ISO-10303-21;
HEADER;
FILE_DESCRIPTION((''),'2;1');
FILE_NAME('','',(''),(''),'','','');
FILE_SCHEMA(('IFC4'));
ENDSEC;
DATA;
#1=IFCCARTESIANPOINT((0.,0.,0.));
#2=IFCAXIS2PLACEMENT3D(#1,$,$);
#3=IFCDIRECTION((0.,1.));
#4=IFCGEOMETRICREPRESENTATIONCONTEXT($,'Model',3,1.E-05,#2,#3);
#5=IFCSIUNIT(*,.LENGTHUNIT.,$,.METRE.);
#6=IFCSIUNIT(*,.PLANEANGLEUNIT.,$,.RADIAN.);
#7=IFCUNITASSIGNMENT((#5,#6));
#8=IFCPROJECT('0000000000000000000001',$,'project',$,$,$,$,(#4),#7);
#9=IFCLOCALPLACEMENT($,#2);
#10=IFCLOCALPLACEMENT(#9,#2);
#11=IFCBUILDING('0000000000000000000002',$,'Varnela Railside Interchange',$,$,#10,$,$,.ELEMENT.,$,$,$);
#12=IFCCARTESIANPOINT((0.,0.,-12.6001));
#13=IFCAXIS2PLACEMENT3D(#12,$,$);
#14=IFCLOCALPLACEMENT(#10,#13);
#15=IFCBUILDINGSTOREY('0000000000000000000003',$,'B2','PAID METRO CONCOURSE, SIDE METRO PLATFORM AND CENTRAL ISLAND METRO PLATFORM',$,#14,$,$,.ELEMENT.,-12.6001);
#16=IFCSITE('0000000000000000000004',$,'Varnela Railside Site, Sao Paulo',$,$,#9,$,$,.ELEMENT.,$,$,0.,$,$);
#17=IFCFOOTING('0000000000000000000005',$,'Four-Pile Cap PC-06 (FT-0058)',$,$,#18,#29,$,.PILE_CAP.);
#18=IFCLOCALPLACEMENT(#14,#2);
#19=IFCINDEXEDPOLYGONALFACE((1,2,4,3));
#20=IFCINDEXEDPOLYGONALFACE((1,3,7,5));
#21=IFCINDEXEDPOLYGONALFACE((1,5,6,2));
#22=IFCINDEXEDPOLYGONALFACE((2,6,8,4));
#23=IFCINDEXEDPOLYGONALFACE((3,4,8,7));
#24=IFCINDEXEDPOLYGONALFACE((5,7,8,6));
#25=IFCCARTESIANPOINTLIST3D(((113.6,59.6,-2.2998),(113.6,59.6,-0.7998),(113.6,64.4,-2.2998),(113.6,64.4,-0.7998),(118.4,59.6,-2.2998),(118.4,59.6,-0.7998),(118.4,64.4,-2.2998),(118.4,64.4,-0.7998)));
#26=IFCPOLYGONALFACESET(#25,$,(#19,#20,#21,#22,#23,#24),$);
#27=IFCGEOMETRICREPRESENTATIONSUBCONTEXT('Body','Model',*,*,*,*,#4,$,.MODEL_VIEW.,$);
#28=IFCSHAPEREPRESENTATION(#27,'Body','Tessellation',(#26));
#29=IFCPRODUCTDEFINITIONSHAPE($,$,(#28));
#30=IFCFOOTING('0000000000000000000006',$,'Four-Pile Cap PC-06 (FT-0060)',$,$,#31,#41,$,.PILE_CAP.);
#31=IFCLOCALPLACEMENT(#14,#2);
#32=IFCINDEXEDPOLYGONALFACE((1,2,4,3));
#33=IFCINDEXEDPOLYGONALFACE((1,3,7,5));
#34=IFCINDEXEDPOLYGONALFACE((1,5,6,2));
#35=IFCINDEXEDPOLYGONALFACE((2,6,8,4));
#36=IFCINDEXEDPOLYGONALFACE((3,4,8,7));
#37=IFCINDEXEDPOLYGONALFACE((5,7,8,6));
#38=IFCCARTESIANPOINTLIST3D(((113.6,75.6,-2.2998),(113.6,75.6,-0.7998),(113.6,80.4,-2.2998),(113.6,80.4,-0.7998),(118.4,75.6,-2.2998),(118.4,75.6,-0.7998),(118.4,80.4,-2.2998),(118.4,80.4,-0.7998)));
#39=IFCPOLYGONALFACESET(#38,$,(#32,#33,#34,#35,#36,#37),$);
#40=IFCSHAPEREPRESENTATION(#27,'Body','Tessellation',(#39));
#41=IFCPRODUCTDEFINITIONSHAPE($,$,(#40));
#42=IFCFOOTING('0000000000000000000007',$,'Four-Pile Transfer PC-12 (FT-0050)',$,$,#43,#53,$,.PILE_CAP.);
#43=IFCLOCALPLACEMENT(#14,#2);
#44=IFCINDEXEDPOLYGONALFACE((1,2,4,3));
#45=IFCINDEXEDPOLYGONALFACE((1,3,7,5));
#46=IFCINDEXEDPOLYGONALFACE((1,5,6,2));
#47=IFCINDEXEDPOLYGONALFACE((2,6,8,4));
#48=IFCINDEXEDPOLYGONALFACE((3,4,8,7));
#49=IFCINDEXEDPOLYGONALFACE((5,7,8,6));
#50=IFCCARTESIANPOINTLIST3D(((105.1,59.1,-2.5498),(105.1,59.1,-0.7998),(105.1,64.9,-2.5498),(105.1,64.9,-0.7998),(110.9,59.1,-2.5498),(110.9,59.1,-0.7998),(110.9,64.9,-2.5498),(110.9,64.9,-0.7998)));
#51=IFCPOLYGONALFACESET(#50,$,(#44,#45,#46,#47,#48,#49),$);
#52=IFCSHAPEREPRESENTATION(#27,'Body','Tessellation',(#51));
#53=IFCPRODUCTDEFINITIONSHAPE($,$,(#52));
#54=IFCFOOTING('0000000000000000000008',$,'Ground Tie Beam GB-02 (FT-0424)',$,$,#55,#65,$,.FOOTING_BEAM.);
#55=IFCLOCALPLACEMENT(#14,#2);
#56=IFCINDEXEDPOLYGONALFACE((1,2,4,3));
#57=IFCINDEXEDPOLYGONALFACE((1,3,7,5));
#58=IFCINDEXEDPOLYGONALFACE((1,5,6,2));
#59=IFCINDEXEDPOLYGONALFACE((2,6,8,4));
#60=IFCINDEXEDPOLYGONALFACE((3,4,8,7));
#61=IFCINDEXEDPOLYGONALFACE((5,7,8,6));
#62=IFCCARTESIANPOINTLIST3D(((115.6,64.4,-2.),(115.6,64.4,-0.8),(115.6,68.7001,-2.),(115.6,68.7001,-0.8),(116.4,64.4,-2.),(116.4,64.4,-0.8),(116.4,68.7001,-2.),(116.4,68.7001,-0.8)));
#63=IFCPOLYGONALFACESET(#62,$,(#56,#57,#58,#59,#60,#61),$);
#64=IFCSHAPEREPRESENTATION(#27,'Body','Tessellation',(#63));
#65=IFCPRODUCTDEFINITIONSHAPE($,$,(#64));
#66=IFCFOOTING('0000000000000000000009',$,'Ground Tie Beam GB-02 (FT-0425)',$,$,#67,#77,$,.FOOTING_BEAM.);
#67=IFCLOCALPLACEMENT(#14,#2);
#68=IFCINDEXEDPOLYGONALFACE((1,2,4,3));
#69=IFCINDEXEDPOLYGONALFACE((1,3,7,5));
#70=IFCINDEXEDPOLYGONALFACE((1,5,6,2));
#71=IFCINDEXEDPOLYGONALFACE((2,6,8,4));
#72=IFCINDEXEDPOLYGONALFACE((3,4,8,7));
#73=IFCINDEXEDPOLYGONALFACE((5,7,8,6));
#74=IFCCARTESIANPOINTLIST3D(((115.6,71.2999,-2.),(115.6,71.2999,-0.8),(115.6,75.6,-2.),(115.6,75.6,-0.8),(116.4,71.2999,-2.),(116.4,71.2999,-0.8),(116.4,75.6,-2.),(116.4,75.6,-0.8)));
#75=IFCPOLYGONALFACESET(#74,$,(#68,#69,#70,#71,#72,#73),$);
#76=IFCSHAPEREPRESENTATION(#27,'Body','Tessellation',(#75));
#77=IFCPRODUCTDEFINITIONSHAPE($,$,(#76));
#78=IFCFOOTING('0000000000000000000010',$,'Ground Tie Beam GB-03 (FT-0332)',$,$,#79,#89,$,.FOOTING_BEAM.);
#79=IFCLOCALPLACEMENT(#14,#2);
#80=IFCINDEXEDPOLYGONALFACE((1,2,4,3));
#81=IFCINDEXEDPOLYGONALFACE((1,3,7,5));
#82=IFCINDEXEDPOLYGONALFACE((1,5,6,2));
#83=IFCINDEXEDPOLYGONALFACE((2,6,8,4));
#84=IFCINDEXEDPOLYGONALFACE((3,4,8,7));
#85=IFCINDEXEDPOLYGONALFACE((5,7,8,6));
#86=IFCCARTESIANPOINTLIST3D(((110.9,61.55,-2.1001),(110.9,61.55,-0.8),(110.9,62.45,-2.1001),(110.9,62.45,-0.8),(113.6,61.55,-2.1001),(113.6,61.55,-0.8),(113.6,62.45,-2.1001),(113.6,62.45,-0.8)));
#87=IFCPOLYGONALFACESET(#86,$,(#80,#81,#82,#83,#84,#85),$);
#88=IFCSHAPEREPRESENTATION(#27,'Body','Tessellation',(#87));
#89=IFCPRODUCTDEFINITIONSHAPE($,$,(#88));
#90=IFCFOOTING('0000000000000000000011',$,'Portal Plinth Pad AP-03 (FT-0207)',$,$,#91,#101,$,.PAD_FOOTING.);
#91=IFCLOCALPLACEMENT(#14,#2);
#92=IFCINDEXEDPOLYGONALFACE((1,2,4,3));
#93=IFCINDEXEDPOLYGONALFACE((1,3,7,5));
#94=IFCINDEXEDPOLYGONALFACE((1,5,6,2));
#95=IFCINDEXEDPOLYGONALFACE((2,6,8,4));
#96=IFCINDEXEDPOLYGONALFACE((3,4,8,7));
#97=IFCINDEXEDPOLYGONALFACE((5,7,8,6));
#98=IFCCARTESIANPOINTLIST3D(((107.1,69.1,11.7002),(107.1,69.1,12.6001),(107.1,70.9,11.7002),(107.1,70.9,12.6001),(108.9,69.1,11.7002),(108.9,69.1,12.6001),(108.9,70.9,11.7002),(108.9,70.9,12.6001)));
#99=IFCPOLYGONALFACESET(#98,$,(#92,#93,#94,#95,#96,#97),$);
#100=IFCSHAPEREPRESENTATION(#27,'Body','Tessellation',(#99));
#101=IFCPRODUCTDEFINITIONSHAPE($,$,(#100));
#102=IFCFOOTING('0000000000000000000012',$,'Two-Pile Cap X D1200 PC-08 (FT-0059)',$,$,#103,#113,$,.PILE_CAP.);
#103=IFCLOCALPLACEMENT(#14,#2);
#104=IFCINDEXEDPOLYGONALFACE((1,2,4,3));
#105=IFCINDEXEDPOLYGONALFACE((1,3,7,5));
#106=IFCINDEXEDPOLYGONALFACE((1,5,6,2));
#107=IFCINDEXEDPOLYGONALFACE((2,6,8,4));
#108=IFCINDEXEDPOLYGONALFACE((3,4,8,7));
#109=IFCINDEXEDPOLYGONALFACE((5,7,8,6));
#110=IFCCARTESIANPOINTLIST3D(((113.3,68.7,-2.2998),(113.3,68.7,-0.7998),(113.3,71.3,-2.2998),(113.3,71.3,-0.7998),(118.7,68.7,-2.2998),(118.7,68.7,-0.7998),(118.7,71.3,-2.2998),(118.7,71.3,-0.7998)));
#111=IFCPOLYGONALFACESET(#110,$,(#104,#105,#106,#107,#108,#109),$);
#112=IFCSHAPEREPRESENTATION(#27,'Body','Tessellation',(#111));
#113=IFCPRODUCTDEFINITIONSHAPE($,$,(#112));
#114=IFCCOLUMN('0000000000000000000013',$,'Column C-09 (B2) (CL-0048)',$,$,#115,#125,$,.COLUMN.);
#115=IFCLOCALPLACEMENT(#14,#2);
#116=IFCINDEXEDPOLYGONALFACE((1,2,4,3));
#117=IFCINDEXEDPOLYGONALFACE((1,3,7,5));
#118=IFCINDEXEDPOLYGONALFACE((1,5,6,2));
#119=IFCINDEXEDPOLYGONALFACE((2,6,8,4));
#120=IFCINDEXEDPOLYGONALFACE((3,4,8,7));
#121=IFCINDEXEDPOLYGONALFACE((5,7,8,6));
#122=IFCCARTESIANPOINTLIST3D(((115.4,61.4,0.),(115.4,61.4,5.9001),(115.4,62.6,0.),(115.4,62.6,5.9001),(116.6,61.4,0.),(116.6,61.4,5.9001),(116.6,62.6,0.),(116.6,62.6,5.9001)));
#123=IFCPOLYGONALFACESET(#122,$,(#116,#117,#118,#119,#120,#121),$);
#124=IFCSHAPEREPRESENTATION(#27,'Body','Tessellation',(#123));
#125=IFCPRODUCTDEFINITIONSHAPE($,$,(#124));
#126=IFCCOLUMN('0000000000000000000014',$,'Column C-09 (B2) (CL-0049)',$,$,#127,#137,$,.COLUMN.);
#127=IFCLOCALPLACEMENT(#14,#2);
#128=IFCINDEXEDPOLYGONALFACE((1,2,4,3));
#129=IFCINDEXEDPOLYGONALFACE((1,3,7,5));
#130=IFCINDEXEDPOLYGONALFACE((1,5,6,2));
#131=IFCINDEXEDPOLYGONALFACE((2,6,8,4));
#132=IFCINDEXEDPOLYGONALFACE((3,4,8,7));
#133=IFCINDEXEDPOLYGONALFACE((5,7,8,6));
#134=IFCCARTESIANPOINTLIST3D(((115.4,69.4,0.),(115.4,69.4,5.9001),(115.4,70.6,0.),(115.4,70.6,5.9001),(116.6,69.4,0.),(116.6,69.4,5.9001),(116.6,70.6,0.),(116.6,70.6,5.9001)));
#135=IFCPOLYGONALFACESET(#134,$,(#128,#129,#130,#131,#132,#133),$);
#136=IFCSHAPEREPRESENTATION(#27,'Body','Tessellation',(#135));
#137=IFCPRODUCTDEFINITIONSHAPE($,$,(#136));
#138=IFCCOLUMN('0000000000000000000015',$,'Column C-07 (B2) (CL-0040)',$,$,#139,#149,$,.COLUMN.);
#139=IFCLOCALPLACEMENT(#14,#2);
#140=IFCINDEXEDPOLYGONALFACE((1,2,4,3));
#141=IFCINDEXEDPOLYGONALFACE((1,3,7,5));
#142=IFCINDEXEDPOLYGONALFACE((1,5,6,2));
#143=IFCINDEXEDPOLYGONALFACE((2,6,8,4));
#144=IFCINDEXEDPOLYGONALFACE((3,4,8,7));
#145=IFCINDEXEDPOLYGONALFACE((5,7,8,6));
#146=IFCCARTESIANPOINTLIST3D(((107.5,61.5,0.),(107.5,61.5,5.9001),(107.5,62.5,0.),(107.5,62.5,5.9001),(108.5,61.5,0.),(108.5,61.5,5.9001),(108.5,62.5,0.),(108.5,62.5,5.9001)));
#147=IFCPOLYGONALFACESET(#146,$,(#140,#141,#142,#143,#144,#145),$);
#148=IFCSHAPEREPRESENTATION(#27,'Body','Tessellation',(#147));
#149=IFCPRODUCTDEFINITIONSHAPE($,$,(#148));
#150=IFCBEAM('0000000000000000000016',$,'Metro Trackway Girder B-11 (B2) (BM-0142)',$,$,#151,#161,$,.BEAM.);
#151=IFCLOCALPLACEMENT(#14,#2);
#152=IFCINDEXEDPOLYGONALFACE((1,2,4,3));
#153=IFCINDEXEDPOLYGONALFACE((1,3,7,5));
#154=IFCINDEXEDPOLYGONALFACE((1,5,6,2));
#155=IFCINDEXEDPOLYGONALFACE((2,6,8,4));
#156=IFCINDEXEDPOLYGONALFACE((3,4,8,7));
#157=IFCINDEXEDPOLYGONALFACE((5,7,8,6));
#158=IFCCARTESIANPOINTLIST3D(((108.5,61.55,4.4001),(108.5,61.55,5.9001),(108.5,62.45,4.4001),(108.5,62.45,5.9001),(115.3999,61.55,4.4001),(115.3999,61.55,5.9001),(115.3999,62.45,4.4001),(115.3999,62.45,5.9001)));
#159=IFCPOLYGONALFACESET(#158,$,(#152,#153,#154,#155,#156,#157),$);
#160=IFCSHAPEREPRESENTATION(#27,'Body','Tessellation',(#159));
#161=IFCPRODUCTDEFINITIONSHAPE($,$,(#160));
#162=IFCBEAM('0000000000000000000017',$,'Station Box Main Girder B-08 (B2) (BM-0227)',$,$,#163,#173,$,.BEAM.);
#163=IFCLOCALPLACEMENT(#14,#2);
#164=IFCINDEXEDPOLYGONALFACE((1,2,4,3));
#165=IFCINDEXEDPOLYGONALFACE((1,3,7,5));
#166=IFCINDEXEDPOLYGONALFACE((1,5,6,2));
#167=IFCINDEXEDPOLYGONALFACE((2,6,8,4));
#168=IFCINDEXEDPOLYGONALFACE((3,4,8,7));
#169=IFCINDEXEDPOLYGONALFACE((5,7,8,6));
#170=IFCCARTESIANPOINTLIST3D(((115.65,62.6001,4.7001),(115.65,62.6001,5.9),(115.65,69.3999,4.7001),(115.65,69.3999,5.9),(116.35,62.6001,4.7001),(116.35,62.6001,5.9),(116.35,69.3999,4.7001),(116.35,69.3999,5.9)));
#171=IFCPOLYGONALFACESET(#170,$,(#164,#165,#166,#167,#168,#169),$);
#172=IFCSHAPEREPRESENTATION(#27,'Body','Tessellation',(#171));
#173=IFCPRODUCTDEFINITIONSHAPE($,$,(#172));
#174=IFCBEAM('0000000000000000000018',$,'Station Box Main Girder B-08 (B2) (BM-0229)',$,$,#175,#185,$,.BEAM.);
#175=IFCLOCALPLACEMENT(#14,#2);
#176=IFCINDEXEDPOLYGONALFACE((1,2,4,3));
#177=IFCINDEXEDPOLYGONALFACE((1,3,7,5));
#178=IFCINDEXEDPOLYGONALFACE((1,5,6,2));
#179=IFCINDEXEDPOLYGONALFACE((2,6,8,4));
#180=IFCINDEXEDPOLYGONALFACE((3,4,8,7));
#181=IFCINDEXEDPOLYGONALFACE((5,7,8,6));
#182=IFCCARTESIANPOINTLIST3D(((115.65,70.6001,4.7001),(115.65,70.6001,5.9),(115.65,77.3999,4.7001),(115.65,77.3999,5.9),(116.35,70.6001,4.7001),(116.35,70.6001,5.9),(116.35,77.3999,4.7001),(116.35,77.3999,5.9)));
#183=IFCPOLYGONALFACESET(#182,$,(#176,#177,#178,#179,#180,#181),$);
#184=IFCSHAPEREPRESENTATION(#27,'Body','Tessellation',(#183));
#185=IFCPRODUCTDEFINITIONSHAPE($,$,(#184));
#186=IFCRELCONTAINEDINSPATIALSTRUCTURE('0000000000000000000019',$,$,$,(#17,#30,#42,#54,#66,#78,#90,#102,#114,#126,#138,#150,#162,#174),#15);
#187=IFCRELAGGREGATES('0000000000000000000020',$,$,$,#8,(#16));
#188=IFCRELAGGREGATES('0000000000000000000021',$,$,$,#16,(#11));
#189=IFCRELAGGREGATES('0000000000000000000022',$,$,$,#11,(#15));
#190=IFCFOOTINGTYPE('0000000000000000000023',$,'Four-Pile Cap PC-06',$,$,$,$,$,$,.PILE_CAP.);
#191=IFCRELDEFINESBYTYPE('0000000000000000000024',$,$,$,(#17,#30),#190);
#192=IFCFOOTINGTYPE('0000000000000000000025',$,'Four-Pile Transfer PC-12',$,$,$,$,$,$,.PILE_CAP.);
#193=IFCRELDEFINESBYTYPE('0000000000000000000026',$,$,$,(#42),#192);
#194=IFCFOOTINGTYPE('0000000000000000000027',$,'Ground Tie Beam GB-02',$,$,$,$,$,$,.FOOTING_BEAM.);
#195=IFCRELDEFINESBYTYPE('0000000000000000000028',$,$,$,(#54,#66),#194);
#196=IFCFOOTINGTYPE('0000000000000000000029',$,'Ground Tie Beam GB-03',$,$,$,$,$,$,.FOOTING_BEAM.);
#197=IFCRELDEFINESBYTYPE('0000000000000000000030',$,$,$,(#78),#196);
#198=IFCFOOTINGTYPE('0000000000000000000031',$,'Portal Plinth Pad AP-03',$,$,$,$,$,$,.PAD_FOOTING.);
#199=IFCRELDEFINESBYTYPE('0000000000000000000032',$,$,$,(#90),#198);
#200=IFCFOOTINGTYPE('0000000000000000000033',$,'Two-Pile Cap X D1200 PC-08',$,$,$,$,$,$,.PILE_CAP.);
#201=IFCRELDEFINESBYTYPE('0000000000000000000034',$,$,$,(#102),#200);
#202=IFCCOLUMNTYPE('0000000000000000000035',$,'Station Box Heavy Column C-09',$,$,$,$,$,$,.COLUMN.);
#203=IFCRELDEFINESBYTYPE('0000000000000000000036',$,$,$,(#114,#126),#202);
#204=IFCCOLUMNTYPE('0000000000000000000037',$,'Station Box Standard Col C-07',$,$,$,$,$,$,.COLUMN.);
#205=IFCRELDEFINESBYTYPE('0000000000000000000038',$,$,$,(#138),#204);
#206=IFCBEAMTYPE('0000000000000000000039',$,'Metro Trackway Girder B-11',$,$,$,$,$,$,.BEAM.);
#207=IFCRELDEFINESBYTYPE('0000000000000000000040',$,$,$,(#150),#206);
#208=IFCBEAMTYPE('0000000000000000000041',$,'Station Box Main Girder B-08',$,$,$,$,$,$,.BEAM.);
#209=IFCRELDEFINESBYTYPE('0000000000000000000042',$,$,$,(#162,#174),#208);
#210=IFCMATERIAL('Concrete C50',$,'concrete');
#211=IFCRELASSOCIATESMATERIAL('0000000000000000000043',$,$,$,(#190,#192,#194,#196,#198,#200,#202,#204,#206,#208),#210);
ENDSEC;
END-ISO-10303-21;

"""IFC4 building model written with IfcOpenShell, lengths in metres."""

from ifc_helpers import new_model, si_unit, direction, frame, origin, origin_2d, place, context, subcontext, project, spatial, rectangle, extrude, material, material_profile, profile_set, type_object, element, save


model = new_model("IFC4")

# Units and contexts
model_context = context("Model", 3, precision=1e-05, world=origin(), true_north=direction((0.0, 1.0)))
body_context = subcontext(model_context, "Body", "Model", "MODEL_VIEW")
ifc_project = project(units=[si_unit("LENGTHUNIT", "METRE"), si_unit("PLANEANGLEUNIT", "RADIAN")], contexts=[model_context])

# Site, building, storey
site_placement = place(None, origin())
site = spatial("IfcSite", under=ifc_project, at=site_placement, Name="Varnela Railside Site, Sao Paulo", CompositionType="ELEMENT", RefElevation=0.0)
building_placement = place(site_placement, origin())
building = spatial("IfcBuilding", under=site, at=building_placement, Name="Varnela Railside Interchange", CompositionType="ELEMENT")
storey_placement = place(building_placement, frame((0.0, 0.0, -12.6001)))
storey = spatial("IfcBuildingStorey", under=building, at=storey_placement, Name="B2", Description="PAID METRO CONCOURSE, SIDE METRO PLATFORM AND CENTRAL ISLAND METRO PLATFORM", CompositionType="ELEMENT", Elevation=-12.6001)

# Footings
ifc_material_1 = material(Name="Concrete C50", Category="concrete")
footing_type_1 = type_object("IfcFootingType", Name="Four-Pile Cap PC-06", PredefinedType="PILE_CAP", material=ifc_material_1)
for number, where, z_axis, x_axis, name in (
    (1, (116.0, 62.0, -2.2998), (0.0, 0.0, 1.0), (1.0, 0.0, 0.0), "Four-Pile Cap PC-06 (FT-0058)"),
    (2, (116.0, 78.0, -2.2998), (0.0, 0.0, 1.0), (1.0, 0.0, 0.0), "Four-Pile Cap PC-06 (FT-0060)"),
):
    element("IfcFooting", number, at=place(storey_placement, frame(where, z_axis=z_axis, x_axis=x_axis)), inside=storey, type_object=footing_type_1, Name=name, PredefinedType="PILE_CAP", context=body_context, shape_type="SweptSolid", body=[
        extrude(rectangle(XDim=4.8, YDim=4.8, at=origin_2d()), origin(), (0.0, 0.0, 1.0), 1.5),
    ])
footing_type_2 = type_object("IfcFootingType", Name="Four-Pile Transfer PC-12", PredefinedType="PILE_CAP", material=ifc_material_1)
footing_1_placement = place(storey_placement, frame((108.0, 62.0, -2.5498), z_axis=(0.0, 0.0, 1.0), x_axis=(1.0, 0.0, 0.0)))
element("IfcFooting", 3, at=footing_1_placement, inside=storey, type_object=footing_type_2, Name="Four-Pile Transfer PC-12 (FT-0050)", PredefinedType="PILE_CAP", context=body_context, shape_type="SweptSolid", body=[
    extrude(rectangle(XDim=5.8, YDim=5.8, at=origin_2d()), origin(), (0.0, 0.0, 1.0), 1.75),
])
footing_type_3 = type_object("IfcFootingType", Name="Ground Tie Beam GB-02", PredefinedType="FOOTING_BEAM", material=ifc_material_1)
for number, where, z_axis, x_axis, name in (
    (4, (116.0, 66.55, -2.0), (0.0, 0.0, 1.0), (1.0, 0.0, 0.0), "Ground Tie Beam GB-02 (FT-0424)"),
    (5, (116.0, 73.45, -2.0), (0.0, 0.0, 1.0), (1.0, 0.0, 0.0), "Ground Tie Beam GB-02 (FT-0425)"),
):
    element("IfcFooting", number, at=place(storey_placement, frame(where, z_axis=z_axis, x_axis=x_axis)), inside=storey, type_object=footing_type_3, Name=name, PredefinedType="FOOTING_BEAM", context=body_context, shape_type="SweptSolid", body=[
        extrude(rectangle(XDim=0.8, YDim=4.3, at=origin_2d()), origin(), (0.0, 0.0, 1.0), 1.2),
    ])
footing_type_4 = type_object("IfcFootingType", Name="Ground Tie Beam GB-03", PredefinedType="FOOTING_BEAM", material=ifc_material_1)
footing_2_placement = place(storey_placement, frame((112.25, 62.0, -2.1001), z_axis=(0.0, 0.0, 1.0), x_axis=(1.0, 0.0, 0.0)))
element("IfcFooting", 6, at=footing_2_placement, inside=storey, type_object=footing_type_4, Name="Ground Tie Beam GB-03 (FT-0332)", PredefinedType="FOOTING_BEAM", context=body_context, shape_type="SweptSolid", body=[
    extrude(rectangle(XDim=2.7, YDim=0.8999, at=origin_2d()), origin(), (0.0, 0.0, 1.0), 1.3),
])
footing_type_5 = type_object("IfcFootingType", Name="Portal Plinth Pad AP-03", PredefinedType="PAD_FOOTING", material=ifc_material_1)
footing_3_placement = place(storey_placement, frame((108.0, 70.0, 11.7002), z_axis=(0.0, 0.0, 1.0), x_axis=(1.0, 0.0, 0.0)))
element("IfcFooting", 7, at=footing_3_placement, inside=storey, type_object=footing_type_5, Name="Portal Plinth Pad AP-03 (FT-0207)", PredefinedType="PAD_FOOTING", context=body_context, shape_type="SweptSolid", body=[
    extrude(rectangle(XDim=1.8, YDim=1.8, at=origin_2d()), origin(), (0.0, 0.0, 1.0), 0.8999),
])
footing_type_6 = type_object("IfcFootingType", Name="Two-Pile Cap X D1200 PC-08", PredefinedType="PILE_CAP", material=ifc_material_1)
footing_4_placement = place(storey_placement, frame((116.0, 70.0, -2.2998), z_axis=(0.0, 0.0, 1.0), x_axis=(1.0, 0.0, 0.0)))
element("IfcFooting", 8, at=footing_4_placement, inside=storey, type_object=footing_type_6, Name="Two-Pile Cap X D1200 PC-08 (FT-0059)", PredefinedType="PILE_CAP", context=body_context, shape_type="SweptSolid", body=[
    extrude(rectangle(XDim=5.3999, YDim=2.6001, at=origin_2d()), origin(), (0.0, 0.0, 1.0), 1.5),
])

# Columns
ifc_material_profile_1 = material_profile(ifc_material_1, rectangle(XDim=1.2, YDim=1.2, at=origin_2d()), Name="RC 1200x1200")
ifc_profile_set_1 = profile_set([ifc_material_profile_1], Name="Concrete C50")
column_type_1 = type_object("IfcColumnType", Name="Station Box Heavy Column C-09", PredefinedType="COLUMN", material=ifc_profile_set_1)
for number, where, z_axis, x_axis, name in (
    (9, (116.0, 62.0, 0.0), (0.0, 0.0, 1.0), (1.0, 0.0, 0.0), "Column C-09 (B2) (CL-0048)"),
    (10, (116.0, 70.0, 0.0), (0.0, 0.0, 1.0), (1.0, 0.0, 0.0), "Column C-09 (B2) (CL-0049)"),
):
    element("IfcColumn", number, at=place(storey_placement, frame(where, z_axis=z_axis, x_axis=x_axis)), inside=storey, type_object=column_type_1, Name=name, PredefinedType="COLUMN", context=body_context, shape_type="SweptSolid", body=[
        extrude(rectangle(XDim=1.2, YDim=1.2, at=origin_2d()), origin(), (0.0, 0.0, 1.0), 5.9001),
    ])
ifc_material_profile_2 = material_profile(ifc_material_1, rectangle(XDim=1.0, YDim=1.0, at=origin_2d()), Name="RC 1000x1000")
ifc_profile_set_2 = profile_set([ifc_material_profile_2], Name="Concrete C50")
column_type_2 = type_object("IfcColumnType", Name="Station Box Standard Col C-07", PredefinedType="COLUMN", material=ifc_profile_set_2)
column_placement = place(storey_placement, frame((108.0, 62.0, 0.0), z_axis=(0.0, 0.0, 1.0), x_axis=(1.0, 0.0, 0.0)))
element("IfcColumn", 11, at=column_placement, inside=storey, type_object=column_type_2, Name="Column C-07 (B2) (CL-0040)", PredefinedType="COLUMN", context=body_context, shape_type="SweptSolid", body=[
    extrude(rectangle(XDim=1.0, YDim=1.0, at=origin_2d()), origin(), (0.0, 0.0, 1.0), 5.9001),
])

# Beams
ifc_material_profile_3 = material_profile(ifc_material_1, rectangle(XDim=0.8999, YDim=1.5, at=origin_2d()), Name="RC 900x1500")
ifc_profile_set_3 = profile_set([ifc_material_profile_3], Name="Concrete C50")
beam_type_1 = type_object("IfcBeamType", Name="Metro Trackway Girder B-11", PredefinedType="BEAM", material=ifc_profile_set_3)
beam_placement = place(storey_placement, frame((108.5, 62.0, 5.1501), z_axis=(1.0, 0.0, 0.0), x_axis=(0.0, 1.0, 0.0)))
element("IfcBeam", 12, at=beam_placement, inside=storey, type_object=beam_type_1, Name="Metro Trackway Girder B-11 (B2) (BM-0142)", PredefinedType="BEAM", context=body_context, shape_type="SweptSolid", body=[
    extrude(rectangle(XDim=0.8999, YDim=1.5, at=origin_2d()), origin(), (0.0, 0.0, 1.0), 6.8999),
])
ifc_material_profile_4 = material_profile(ifc_material_1, rectangle(XDim=0.7, YDim=1.2, at=origin_2d()), Name="RC 700x1200")
ifc_profile_set_4 = profile_set([ifc_material_profile_4], Name="Concrete C50")
beam_type_2 = type_object("IfcBeamType", Name="Station Box Main Girder B-08", PredefinedType="BEAM", material=ifc_profile_set_4)
for number, where, z_axis, x_axis, name in (
    (13, (116.0, 62.6001, 5.3), (0.0, 1.0, 0.0), (-1.0, 0.0, 0.0), "Station Box Main Girder B-08 (B2) (BM-0227)"),
    (14, (116.0, 70.6001, 5.3), (0.0, 1.0, 0.0), (-1.0, 0.0, 0.0), "Station Box Main Girder B-08 (B2) (BM-0229)"),
):
    element("IfcBeam", number, at=place(storey_placement, frame(where, z_axis=z_axis, x_axis=x_axis)), inside=storey, type_object=beam_type_2, Name=name, PredefinedType="BEAM", context=body_context, shape_type="SweptSolid", body=[
        extrude(rectangle(XDim=0.7, YDim=1.2, at=origin_2d()), origin(), (0.0, 0.0, 1.0), 6.7998),
    ])

save(model, "model.ifc")
